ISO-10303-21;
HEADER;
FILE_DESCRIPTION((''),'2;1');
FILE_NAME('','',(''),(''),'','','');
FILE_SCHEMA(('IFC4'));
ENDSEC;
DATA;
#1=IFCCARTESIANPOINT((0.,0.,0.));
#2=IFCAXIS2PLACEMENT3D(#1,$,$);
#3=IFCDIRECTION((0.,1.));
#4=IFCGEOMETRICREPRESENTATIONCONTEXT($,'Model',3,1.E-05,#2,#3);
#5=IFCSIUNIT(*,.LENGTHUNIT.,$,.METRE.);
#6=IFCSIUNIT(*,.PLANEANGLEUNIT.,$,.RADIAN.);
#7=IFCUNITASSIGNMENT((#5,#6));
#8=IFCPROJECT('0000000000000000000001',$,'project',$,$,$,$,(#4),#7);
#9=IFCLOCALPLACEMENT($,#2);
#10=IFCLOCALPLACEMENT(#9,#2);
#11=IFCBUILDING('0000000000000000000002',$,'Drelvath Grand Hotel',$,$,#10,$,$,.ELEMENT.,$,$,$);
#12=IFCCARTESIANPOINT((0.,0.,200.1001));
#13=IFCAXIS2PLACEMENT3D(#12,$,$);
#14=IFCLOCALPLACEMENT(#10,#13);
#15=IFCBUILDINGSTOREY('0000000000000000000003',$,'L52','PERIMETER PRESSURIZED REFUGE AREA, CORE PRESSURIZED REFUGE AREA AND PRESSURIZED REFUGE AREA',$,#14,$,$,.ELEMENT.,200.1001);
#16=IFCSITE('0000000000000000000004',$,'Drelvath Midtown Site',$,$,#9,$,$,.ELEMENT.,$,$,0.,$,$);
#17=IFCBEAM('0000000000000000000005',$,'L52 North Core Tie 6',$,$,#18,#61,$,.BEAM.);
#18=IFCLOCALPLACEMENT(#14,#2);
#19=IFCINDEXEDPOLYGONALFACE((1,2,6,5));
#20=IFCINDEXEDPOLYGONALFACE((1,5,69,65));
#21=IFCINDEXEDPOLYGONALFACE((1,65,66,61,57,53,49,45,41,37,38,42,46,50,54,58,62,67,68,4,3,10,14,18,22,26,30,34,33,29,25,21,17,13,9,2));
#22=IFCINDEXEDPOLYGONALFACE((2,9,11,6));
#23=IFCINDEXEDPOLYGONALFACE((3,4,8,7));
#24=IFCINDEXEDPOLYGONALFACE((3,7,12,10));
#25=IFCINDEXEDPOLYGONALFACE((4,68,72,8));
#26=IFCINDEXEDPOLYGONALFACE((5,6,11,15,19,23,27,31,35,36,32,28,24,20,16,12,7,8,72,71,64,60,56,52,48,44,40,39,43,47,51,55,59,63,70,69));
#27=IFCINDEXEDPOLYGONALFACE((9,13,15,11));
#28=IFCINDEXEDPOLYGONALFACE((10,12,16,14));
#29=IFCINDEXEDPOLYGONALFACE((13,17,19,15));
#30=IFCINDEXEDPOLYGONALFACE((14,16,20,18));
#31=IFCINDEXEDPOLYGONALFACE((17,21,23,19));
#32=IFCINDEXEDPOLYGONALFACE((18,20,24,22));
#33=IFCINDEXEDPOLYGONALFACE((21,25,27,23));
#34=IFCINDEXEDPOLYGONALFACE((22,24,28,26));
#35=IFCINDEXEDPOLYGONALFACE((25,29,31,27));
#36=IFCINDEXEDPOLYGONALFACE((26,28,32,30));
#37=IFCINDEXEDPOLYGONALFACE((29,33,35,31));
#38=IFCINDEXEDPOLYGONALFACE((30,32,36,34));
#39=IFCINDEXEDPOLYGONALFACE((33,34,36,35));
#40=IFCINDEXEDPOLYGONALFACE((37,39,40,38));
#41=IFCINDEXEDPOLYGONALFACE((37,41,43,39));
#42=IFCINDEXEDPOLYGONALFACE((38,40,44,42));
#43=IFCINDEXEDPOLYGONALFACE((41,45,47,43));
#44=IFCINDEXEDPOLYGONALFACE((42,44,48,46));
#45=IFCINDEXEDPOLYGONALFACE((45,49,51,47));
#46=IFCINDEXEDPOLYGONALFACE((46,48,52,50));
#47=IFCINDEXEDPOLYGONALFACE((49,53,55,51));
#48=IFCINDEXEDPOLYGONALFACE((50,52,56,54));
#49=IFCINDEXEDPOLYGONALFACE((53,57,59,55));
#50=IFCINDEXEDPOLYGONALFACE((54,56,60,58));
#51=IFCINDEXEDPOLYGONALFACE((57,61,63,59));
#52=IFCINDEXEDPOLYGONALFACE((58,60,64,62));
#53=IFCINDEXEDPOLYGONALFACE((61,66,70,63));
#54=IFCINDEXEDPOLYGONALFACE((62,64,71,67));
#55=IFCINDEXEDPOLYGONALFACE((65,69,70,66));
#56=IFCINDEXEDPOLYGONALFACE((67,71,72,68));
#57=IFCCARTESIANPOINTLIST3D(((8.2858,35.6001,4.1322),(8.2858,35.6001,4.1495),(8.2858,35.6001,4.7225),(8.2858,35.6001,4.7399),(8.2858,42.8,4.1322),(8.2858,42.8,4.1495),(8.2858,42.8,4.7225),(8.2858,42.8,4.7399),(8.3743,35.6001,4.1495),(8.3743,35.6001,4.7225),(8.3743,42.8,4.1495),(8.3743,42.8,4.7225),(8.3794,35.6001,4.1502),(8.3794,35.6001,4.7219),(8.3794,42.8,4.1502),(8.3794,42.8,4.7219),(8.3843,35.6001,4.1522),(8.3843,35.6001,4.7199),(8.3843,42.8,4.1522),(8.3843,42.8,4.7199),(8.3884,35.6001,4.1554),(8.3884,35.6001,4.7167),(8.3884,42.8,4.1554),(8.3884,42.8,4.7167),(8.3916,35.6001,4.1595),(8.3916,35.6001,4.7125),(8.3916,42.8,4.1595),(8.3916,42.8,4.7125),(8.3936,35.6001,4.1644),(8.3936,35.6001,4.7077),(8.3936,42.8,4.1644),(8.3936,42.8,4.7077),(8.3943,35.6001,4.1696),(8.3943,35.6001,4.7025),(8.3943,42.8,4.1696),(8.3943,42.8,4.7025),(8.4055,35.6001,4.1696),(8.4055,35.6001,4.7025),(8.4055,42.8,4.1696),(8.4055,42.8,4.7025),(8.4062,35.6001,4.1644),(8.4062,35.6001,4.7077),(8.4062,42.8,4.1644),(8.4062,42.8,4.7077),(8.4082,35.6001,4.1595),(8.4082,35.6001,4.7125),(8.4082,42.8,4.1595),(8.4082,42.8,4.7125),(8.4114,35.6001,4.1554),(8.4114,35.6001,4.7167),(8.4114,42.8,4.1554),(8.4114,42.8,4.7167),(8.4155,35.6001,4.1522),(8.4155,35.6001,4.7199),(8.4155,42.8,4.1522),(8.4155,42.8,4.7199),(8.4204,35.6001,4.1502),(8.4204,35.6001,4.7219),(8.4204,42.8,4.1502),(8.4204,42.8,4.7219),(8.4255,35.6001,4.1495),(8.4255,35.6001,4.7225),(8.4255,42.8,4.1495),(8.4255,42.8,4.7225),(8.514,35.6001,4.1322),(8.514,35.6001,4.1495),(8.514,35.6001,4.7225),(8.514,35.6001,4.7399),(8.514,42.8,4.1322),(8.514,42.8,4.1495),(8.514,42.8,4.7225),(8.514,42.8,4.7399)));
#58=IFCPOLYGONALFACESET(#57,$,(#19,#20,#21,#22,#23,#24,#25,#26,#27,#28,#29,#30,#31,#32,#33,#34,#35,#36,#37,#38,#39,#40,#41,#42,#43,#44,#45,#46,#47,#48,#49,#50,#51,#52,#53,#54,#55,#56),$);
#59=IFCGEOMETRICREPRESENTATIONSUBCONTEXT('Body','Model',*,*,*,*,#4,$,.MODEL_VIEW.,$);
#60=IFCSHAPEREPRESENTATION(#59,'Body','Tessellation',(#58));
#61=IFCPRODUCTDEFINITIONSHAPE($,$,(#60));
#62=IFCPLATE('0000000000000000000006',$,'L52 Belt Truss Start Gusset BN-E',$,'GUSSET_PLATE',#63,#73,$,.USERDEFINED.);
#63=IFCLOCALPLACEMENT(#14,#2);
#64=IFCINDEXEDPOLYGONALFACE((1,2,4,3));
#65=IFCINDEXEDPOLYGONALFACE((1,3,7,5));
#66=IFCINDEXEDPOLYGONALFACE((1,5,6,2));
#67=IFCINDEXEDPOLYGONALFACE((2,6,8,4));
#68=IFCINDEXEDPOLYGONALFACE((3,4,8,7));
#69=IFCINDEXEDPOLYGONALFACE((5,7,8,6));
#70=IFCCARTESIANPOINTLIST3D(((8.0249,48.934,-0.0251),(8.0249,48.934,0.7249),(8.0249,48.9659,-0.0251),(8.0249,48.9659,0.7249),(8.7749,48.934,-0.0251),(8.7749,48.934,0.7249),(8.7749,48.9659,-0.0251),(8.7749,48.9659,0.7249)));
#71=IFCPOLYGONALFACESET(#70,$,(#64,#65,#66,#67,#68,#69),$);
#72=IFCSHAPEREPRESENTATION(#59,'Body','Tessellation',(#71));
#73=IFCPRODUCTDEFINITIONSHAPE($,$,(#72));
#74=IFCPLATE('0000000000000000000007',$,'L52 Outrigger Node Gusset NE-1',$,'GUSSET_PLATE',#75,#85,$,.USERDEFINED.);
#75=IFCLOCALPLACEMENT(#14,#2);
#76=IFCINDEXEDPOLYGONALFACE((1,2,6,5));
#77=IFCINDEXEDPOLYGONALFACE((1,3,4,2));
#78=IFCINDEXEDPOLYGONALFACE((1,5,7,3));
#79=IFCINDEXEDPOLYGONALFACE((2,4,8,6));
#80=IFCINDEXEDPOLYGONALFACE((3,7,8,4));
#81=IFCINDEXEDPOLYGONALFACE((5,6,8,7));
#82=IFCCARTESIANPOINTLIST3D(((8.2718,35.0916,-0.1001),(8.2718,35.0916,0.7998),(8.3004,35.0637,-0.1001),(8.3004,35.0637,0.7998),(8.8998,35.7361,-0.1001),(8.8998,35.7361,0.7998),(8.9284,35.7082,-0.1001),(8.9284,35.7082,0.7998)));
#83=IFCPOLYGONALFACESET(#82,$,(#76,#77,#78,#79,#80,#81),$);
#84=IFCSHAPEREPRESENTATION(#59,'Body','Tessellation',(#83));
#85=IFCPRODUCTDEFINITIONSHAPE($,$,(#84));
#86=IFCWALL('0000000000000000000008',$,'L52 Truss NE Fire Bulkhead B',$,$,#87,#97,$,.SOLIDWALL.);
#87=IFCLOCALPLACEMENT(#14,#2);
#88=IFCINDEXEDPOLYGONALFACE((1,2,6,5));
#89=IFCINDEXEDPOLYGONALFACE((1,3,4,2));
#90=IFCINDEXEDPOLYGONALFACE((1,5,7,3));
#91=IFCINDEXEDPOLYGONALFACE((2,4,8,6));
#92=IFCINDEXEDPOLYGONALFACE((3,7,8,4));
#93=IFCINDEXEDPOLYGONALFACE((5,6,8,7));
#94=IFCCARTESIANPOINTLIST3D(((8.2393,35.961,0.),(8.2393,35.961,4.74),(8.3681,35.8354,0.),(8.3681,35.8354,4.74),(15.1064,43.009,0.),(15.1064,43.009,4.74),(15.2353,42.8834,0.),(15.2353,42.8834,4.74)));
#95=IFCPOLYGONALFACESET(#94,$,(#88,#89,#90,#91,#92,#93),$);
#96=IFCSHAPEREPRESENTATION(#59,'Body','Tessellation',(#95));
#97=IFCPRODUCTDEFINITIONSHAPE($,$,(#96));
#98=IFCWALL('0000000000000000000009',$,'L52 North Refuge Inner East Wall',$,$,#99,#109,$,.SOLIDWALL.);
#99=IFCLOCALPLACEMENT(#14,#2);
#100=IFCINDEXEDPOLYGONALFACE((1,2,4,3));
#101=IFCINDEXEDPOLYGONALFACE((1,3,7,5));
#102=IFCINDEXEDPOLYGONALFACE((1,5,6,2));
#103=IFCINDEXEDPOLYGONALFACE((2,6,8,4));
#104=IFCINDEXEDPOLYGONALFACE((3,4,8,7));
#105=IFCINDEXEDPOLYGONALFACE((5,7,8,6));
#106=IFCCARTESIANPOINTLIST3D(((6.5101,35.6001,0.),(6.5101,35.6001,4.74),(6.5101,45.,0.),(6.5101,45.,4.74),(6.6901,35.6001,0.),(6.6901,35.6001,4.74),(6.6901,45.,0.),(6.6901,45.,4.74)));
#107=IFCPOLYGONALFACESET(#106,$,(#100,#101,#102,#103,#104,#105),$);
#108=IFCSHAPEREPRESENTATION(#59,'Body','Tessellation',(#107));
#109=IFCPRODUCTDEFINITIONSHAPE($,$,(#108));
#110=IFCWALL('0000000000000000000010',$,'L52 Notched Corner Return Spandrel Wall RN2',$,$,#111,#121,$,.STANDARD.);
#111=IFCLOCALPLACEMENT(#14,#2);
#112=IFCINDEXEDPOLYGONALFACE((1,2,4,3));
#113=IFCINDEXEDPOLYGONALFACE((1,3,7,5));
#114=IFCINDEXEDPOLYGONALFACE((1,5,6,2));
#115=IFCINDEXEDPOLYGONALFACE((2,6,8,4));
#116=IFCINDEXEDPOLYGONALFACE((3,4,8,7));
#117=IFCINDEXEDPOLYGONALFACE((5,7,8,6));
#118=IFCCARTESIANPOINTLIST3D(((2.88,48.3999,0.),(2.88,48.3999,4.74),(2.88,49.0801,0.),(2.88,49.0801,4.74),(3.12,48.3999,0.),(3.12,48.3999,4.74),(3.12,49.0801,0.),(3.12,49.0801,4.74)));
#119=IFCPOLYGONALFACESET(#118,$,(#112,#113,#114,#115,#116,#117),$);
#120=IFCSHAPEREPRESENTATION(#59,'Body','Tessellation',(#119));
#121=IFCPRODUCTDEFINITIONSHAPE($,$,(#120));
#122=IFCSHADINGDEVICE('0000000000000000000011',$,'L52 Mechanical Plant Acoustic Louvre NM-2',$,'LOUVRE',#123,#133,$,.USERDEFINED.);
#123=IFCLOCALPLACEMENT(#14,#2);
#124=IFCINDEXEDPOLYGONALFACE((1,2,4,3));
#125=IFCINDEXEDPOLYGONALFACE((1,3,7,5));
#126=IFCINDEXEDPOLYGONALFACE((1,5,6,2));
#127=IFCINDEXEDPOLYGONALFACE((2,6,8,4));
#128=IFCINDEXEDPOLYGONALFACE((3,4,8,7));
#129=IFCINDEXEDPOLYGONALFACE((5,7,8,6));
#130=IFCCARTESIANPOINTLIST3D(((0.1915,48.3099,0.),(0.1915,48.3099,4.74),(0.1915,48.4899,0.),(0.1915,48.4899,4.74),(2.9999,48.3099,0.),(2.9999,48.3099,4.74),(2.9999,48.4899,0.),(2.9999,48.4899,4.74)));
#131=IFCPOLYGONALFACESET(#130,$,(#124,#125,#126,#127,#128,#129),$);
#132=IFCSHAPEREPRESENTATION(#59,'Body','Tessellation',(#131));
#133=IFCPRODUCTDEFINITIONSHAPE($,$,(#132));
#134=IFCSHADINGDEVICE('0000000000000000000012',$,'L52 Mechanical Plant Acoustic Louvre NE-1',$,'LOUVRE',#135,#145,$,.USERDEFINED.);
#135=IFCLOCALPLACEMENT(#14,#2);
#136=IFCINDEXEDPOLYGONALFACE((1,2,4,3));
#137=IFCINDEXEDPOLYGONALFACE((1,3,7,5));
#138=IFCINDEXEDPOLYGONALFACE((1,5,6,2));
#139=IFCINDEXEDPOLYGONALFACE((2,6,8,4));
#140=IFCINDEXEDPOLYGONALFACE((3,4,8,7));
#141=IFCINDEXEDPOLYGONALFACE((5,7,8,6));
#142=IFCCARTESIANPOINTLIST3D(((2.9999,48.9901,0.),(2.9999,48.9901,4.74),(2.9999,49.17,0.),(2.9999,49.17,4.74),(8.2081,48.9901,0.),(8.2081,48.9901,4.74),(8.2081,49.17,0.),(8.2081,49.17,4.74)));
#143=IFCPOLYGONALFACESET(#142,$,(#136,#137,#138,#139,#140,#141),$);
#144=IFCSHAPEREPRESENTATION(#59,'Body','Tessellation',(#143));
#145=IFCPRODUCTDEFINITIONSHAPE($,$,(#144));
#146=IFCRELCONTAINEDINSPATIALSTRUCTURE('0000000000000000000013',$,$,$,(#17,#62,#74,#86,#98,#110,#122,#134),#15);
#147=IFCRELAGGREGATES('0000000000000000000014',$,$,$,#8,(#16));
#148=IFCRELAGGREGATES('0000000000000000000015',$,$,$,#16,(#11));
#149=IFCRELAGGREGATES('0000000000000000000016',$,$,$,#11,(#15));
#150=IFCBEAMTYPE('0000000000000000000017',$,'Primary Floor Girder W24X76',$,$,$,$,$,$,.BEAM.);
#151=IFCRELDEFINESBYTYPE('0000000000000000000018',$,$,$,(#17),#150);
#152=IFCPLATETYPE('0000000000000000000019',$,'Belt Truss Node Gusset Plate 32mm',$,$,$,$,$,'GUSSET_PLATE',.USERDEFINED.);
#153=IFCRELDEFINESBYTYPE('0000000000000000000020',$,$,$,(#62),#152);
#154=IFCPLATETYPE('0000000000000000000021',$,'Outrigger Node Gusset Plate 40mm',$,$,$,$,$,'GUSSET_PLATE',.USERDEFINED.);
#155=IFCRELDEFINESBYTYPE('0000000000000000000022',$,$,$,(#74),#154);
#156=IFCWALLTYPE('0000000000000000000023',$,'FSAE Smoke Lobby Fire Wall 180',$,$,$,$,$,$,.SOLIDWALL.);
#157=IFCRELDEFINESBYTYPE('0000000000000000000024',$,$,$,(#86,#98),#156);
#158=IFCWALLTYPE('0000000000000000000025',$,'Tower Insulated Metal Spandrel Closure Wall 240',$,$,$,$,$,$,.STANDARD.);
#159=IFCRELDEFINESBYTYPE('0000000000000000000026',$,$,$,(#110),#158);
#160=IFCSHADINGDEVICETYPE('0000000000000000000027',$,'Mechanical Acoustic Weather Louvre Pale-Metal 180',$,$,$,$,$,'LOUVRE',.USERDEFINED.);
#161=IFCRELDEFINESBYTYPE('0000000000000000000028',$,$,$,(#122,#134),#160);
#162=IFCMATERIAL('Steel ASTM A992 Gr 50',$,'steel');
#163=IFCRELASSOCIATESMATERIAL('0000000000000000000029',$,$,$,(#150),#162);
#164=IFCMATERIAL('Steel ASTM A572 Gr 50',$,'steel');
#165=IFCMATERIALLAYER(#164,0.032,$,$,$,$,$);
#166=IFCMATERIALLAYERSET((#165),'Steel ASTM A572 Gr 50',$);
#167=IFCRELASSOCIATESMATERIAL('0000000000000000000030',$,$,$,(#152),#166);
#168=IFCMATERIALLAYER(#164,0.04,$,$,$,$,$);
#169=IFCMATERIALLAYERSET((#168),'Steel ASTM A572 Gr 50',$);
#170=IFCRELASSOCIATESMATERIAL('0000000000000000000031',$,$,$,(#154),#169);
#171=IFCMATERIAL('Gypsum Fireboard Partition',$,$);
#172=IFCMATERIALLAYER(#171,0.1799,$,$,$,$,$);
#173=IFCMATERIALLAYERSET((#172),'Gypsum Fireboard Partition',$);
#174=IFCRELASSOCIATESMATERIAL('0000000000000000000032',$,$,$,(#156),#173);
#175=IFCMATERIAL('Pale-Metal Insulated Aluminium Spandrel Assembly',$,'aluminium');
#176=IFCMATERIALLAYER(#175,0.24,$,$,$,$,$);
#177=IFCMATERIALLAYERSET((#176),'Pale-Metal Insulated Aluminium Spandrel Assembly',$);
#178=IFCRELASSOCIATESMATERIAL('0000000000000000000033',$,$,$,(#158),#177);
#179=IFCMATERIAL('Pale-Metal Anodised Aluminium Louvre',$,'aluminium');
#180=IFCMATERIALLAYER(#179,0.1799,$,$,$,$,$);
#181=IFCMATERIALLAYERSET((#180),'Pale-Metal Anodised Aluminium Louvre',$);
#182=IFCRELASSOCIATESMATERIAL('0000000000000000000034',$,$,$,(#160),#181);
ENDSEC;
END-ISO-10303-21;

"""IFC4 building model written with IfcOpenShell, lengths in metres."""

from ifc_helpers import new_model, si_unit, direction, frame, frame_2d, origin, origin_2d, place, context, subcontext, project, spatial, rectangle, i_section, extrude, material, layer, layer_set, material_profile, profile_set, type_object, element, save


model = new_model("IFC4")

# Units and contexts
model_context = context("Model", 3, precision=1e-05, world=origin(), true_north=direction((0.0, 1.0)))
body_context = subcontext(model_context, "Body", "Model", "MODEL_VIEW")
ifc_project = project(units=[si_unit("LENGTHUNIT", "METRE"), si_unit("PLANEANGLEUNIT", "RADIAN")], contexts=[model_context])

# Site, building, storey
site_placement = place(None, origin())
site = spatial("IfcSite", under=ifc_project, at=site_placement, Name="Drelvath Midtown Site", CompositionType="ELEMENT", RefElevation=0.0)
building_placement = place(site_placement, origin())
building = spatial("IfcBuilding", under=site, at=building_placement, Name="Drelvath Grand Hotel", CompositionType="ELEMENT")
storey_placement = place(building_placement, frame((0.0, 0.0, 200.1001)))
storey = spatial("IfcBuildingStorey", under=building, at=storey_placement, Name="L52", Description="PERIMETER PRESSURIZED REFUGE AREA, CORE PRESSURIZED REFUGE AREA AND PRESSURIZED REFUGE AREA", CompositionType="ELEMENT", Elevation=200.1001)

# Shared definitions
ifc_material_1 = material(Name="Steel ASTM A572 Gr 50", Category="steel")

# Beam
ifc_material_2 = material(Name="Steel ASTM A992 Gr 50", Category="steel")
ifc_material_profile_1 = material_profile(ifc_material_2, i_section(OverallWidth=0.2283, OverallDepth=0.6077, WebThickness=0.0112, FlangeThickness=0.0173, FilletRadius=0.02, at=origin_2d()), Name="W24X76")
ifc_profile_set_1 = profile_set([ifc_material_profile_1], Name="Steel ASTM A992 Gr 50")
beam_type_1 = type_object("IfcBeamType", Name="Primary Floor Girder W24X76", PredefinedType="BEAM", material=ifc_profile_set_1)
for number, where, z_axis, x_axis, name in (
    (1, (8.3999, 35.6001, 4.436), (0.0, 1.0, 0.0), (-1.0, 0.0, 0.0), "L52 North Core Tie 6"),
):
    element("IfcBeam", number, at=place(storey_placement, frame(where, z_axis=z_axis, x_axis=x_axis)), inside=storey, type_object=beam_type_1, Name=name, PredefinedType="BEAM", context=body_context, shape_type="SweptSolid", body=[
        extrude(i_section(OverallWidth=0.2283, OverallDepth=0.6077, WebThickness=0.0112, FlangeThickness=0.0173, FilletRadius=0.02, at=origin_2d()), origin(), (0.0, 0.0, 1.0), 7.2),
    ])

# Plates
ifc_layer_1 = layer(ifc_material_1, 0.032)
ifc_layer_set_1 = layer_set([ifc_layer_1], Name="Steel ASTM A572 Gr 50")
plate_type_1 = type_object("IfcPlateType", Name="Belt Truss Node Gusset Plate 32mm", ElementType="GUSSET_PLATE", PredefinedType="USERDEFINED", material=ifc_layer_set_1)
plate_1_placement = place(storey_placement, frame((8.3999, 48.95, -0.0251), z_axis=(0.0, 0.0, 1.0), x_axis=(1.0, 0.0, 0.0)))
element("IfcPlate", 2, at=plate_1_placement, inside=storey, type_object=plate_type_1, Name="L52 Belt Truss Start Gusset BN-E", ObjectType="GUSSET_PLATE", PredefinedType="USERDEFINED", context=body_context, shape_type="SweptSolid", body=[
    extrude(rectangle(XDim=0.75, YDim=0.032, at=origin_2d()), origin(), (0.0, 0.0, 1.0), 0.75),
])
ifc_layer_2 = layer(ifc_material_1, 0.04)
ifc_layer_set_2 = layer_set([ifc_layer_2], Name="Steel ASTM A572 Gr 50")
plate_type_2 = type_object("IfcPlateType", Name="Outrigger Node Gusset Plate 40mm", ElementType="GUSSET_PLATE", PredefinedType="USERDEFINED", material=ifc_layer_set_2)
plate_2_placement = place(storey_placement, frame((8.6001, 35.3999, -0.1001), z_axis=(0.0, 0.0, 1.0), x_axis=(0.697865, 0.71623, 0.0)))
element("IfcPlate", 3, at=plate_2_placement, inside=storey, type_object=plate_type_2, Name="L52 Outrigger Node Gusset NE-1", ObjectType="GUSSET_PLATE", PredefinedType="USERDEFINED", context=body_context, shape_type="SweptSolid", body=[
    extrude(rectangle(XDim=0.8999, YDim=0.04, at=origin_2d()), origin(), (0.0, 0.0, 1.0), 0.8999),
])

# Walls
ifc_material_3 = material(Name="Gypsum Fireboard Partition")
ifc_layer_3 = layer(ifc_material_3, 0.1799)
ifc_layer_set_3 = layer_set([ifc_layer_3], Name="Gypsum Fireboard Partition")
wall_type_1 = type_object("IfcWallType", Name="FSAE Smoke Lobby Fire Wall 180", PredefinedType="SOLIDWALL", material=ifc_layer_set_3)
wall_1_placement = place(storey_placement, frame((8.3037, 35.8982, 0.0), z_axis=(0.0, 0.0, 1.0), x_axis=(0.697855, 0.716239, 0.0)))
element("IfcWall", 4, at=wall_1_placement, inside=storey, type_object=wall_type_1, Name="L52 Truss NE Fire Bulkhead B", PredefinedType="SOLIDWALL", context=body_context, shape_type="SweptSolid", body=[
    extrude(rectangle(XDim=9.8403, YDim=0.1799, at=frame_2d((4.9202, 0.0))), origin(), (0.0, 0.0, 1.0), 4.74),
])
wall_2_placement = place(storey_placement, frame((6.6001, 35.6001, 0.0), z_axis=(0.0, 0.0, 1.0), x_axis=(0.0, 1.0, 0.0)))
element("IfcWall", 5, at=wall_2_placement, inside=storey, type_object=wall_type_1, Name="L52 North Refuge Inner East Wall", PredefinedType="SOLIDWALL", context=body_context, shape_type="SweptSolid", body=[
    extrude(rectangle(XDim=9.3999, YDim=0.1799, at=frame_2d((4.7, 0.0))), origin(), (0.0, 0.0, 1.0), 4.74),
])
ifc_material_4 = material(Name="Pale-Metal Insulated Aluminium Spandrel Assembly", Category="aluminium")
ifc_layer_4 = layer(ifc_material_4, 0.24)
ifc_layer_set_4 = layer_set([ifc_layer_4], Name="Pale-Metal Insulated Aluminium Spandrel Assembly")
wall_type_2 = type_object("IfcWallType", Name="Tower Insulated Metal Spandrel Closure Wall 240", PredefinedType="STANDARD", material=ifc_layer_set_4)
wall_3_placement = place(storey_placement, frame((3.0, 48.3999, 0.0), z_axis=(0.0, 0.0, 1.0), x_axis=(0.0, 1.0, 0.0)))
element("IfcWall", 6, at=wall_3_placement, inside=storey, type_object=wall_type_2, Name="L52 Notched Corner Return Spandrel Wall RN2", PredefinedType="STANDARD", context=body_context, shape_type="SweptSolid", body=[
    extrude(rectangle(XDim=0.6802, YDim=0.24, at=frame_2d((0.3401, 0.0))), origin(), (0.0, 0.0, 1.0), 4.74),
])

# Shading devices
ifc_material_5 = material(Name="Pale-Metal Anodised Aluminium Louvre", Category="aluminium")
ifc_layer_5 = layer(ifc_material_5, 0.1799)
ifc_layer_set_5 = layer_set([ifc_layer_5], Name="Pale-Metal Anodised Aluminium Louvre")
shading_device_type = type_object("IfcShadingDeviceType", Name="Mechanical Acoustic Weather Louvre Pale-Metal 180", ElementType="LOUVRE", PredefinedType="USERDEFINED", material=ifc_layer_set_5)
shading_device_1_placement = place(storey_placement, frame((1.5957, 48.3999, 0.0), z_axis=(0.0, 0.0, 1.0), x_axis=(1.0, 0.0, 0.0)))
element("IfcShadingDevice", 7, at=shading_device_1_placement, inside=storey, type_object=shading_device_type, Name="L52 Mechanical Plant Acoustic Louvre NM-2", ObjectType="LOUVRE", PredefinedType="USERDEFINED", context=body_context, shape_type="SweptSolid", body=[
    extrude(rectangle(XDim=2.8083, YDim=0.1799, at=origin_2d()), origin(), (0.0, 0.0, 1.0), 4.74),
])
shading_device_2_placement = place(storey_placement, frame((5.604, 49.0801, 0.0), z_axis=(0.0, 0.0, 1.0), x_axis=(1.0, 0.0, 0.0)))
element("IfcShadingDevice", 8, at=shading_device_2_placement, inside=storey, type_object=shading_device_type, Name="L52 Mechanical Plant Acoustic Louvre NE-1", ObjectType="LOUVRE", PredefinedType="USERDEFINED", context=body_context, shape_type="SweptSolid", body=[
    extrude(rectangle(XDim=5.2083, YDim=0.1799, at=origin_2d()), origin(), (0.0, 0.0, 1.0), 4.74),
])

save(model, "model.ifc")
